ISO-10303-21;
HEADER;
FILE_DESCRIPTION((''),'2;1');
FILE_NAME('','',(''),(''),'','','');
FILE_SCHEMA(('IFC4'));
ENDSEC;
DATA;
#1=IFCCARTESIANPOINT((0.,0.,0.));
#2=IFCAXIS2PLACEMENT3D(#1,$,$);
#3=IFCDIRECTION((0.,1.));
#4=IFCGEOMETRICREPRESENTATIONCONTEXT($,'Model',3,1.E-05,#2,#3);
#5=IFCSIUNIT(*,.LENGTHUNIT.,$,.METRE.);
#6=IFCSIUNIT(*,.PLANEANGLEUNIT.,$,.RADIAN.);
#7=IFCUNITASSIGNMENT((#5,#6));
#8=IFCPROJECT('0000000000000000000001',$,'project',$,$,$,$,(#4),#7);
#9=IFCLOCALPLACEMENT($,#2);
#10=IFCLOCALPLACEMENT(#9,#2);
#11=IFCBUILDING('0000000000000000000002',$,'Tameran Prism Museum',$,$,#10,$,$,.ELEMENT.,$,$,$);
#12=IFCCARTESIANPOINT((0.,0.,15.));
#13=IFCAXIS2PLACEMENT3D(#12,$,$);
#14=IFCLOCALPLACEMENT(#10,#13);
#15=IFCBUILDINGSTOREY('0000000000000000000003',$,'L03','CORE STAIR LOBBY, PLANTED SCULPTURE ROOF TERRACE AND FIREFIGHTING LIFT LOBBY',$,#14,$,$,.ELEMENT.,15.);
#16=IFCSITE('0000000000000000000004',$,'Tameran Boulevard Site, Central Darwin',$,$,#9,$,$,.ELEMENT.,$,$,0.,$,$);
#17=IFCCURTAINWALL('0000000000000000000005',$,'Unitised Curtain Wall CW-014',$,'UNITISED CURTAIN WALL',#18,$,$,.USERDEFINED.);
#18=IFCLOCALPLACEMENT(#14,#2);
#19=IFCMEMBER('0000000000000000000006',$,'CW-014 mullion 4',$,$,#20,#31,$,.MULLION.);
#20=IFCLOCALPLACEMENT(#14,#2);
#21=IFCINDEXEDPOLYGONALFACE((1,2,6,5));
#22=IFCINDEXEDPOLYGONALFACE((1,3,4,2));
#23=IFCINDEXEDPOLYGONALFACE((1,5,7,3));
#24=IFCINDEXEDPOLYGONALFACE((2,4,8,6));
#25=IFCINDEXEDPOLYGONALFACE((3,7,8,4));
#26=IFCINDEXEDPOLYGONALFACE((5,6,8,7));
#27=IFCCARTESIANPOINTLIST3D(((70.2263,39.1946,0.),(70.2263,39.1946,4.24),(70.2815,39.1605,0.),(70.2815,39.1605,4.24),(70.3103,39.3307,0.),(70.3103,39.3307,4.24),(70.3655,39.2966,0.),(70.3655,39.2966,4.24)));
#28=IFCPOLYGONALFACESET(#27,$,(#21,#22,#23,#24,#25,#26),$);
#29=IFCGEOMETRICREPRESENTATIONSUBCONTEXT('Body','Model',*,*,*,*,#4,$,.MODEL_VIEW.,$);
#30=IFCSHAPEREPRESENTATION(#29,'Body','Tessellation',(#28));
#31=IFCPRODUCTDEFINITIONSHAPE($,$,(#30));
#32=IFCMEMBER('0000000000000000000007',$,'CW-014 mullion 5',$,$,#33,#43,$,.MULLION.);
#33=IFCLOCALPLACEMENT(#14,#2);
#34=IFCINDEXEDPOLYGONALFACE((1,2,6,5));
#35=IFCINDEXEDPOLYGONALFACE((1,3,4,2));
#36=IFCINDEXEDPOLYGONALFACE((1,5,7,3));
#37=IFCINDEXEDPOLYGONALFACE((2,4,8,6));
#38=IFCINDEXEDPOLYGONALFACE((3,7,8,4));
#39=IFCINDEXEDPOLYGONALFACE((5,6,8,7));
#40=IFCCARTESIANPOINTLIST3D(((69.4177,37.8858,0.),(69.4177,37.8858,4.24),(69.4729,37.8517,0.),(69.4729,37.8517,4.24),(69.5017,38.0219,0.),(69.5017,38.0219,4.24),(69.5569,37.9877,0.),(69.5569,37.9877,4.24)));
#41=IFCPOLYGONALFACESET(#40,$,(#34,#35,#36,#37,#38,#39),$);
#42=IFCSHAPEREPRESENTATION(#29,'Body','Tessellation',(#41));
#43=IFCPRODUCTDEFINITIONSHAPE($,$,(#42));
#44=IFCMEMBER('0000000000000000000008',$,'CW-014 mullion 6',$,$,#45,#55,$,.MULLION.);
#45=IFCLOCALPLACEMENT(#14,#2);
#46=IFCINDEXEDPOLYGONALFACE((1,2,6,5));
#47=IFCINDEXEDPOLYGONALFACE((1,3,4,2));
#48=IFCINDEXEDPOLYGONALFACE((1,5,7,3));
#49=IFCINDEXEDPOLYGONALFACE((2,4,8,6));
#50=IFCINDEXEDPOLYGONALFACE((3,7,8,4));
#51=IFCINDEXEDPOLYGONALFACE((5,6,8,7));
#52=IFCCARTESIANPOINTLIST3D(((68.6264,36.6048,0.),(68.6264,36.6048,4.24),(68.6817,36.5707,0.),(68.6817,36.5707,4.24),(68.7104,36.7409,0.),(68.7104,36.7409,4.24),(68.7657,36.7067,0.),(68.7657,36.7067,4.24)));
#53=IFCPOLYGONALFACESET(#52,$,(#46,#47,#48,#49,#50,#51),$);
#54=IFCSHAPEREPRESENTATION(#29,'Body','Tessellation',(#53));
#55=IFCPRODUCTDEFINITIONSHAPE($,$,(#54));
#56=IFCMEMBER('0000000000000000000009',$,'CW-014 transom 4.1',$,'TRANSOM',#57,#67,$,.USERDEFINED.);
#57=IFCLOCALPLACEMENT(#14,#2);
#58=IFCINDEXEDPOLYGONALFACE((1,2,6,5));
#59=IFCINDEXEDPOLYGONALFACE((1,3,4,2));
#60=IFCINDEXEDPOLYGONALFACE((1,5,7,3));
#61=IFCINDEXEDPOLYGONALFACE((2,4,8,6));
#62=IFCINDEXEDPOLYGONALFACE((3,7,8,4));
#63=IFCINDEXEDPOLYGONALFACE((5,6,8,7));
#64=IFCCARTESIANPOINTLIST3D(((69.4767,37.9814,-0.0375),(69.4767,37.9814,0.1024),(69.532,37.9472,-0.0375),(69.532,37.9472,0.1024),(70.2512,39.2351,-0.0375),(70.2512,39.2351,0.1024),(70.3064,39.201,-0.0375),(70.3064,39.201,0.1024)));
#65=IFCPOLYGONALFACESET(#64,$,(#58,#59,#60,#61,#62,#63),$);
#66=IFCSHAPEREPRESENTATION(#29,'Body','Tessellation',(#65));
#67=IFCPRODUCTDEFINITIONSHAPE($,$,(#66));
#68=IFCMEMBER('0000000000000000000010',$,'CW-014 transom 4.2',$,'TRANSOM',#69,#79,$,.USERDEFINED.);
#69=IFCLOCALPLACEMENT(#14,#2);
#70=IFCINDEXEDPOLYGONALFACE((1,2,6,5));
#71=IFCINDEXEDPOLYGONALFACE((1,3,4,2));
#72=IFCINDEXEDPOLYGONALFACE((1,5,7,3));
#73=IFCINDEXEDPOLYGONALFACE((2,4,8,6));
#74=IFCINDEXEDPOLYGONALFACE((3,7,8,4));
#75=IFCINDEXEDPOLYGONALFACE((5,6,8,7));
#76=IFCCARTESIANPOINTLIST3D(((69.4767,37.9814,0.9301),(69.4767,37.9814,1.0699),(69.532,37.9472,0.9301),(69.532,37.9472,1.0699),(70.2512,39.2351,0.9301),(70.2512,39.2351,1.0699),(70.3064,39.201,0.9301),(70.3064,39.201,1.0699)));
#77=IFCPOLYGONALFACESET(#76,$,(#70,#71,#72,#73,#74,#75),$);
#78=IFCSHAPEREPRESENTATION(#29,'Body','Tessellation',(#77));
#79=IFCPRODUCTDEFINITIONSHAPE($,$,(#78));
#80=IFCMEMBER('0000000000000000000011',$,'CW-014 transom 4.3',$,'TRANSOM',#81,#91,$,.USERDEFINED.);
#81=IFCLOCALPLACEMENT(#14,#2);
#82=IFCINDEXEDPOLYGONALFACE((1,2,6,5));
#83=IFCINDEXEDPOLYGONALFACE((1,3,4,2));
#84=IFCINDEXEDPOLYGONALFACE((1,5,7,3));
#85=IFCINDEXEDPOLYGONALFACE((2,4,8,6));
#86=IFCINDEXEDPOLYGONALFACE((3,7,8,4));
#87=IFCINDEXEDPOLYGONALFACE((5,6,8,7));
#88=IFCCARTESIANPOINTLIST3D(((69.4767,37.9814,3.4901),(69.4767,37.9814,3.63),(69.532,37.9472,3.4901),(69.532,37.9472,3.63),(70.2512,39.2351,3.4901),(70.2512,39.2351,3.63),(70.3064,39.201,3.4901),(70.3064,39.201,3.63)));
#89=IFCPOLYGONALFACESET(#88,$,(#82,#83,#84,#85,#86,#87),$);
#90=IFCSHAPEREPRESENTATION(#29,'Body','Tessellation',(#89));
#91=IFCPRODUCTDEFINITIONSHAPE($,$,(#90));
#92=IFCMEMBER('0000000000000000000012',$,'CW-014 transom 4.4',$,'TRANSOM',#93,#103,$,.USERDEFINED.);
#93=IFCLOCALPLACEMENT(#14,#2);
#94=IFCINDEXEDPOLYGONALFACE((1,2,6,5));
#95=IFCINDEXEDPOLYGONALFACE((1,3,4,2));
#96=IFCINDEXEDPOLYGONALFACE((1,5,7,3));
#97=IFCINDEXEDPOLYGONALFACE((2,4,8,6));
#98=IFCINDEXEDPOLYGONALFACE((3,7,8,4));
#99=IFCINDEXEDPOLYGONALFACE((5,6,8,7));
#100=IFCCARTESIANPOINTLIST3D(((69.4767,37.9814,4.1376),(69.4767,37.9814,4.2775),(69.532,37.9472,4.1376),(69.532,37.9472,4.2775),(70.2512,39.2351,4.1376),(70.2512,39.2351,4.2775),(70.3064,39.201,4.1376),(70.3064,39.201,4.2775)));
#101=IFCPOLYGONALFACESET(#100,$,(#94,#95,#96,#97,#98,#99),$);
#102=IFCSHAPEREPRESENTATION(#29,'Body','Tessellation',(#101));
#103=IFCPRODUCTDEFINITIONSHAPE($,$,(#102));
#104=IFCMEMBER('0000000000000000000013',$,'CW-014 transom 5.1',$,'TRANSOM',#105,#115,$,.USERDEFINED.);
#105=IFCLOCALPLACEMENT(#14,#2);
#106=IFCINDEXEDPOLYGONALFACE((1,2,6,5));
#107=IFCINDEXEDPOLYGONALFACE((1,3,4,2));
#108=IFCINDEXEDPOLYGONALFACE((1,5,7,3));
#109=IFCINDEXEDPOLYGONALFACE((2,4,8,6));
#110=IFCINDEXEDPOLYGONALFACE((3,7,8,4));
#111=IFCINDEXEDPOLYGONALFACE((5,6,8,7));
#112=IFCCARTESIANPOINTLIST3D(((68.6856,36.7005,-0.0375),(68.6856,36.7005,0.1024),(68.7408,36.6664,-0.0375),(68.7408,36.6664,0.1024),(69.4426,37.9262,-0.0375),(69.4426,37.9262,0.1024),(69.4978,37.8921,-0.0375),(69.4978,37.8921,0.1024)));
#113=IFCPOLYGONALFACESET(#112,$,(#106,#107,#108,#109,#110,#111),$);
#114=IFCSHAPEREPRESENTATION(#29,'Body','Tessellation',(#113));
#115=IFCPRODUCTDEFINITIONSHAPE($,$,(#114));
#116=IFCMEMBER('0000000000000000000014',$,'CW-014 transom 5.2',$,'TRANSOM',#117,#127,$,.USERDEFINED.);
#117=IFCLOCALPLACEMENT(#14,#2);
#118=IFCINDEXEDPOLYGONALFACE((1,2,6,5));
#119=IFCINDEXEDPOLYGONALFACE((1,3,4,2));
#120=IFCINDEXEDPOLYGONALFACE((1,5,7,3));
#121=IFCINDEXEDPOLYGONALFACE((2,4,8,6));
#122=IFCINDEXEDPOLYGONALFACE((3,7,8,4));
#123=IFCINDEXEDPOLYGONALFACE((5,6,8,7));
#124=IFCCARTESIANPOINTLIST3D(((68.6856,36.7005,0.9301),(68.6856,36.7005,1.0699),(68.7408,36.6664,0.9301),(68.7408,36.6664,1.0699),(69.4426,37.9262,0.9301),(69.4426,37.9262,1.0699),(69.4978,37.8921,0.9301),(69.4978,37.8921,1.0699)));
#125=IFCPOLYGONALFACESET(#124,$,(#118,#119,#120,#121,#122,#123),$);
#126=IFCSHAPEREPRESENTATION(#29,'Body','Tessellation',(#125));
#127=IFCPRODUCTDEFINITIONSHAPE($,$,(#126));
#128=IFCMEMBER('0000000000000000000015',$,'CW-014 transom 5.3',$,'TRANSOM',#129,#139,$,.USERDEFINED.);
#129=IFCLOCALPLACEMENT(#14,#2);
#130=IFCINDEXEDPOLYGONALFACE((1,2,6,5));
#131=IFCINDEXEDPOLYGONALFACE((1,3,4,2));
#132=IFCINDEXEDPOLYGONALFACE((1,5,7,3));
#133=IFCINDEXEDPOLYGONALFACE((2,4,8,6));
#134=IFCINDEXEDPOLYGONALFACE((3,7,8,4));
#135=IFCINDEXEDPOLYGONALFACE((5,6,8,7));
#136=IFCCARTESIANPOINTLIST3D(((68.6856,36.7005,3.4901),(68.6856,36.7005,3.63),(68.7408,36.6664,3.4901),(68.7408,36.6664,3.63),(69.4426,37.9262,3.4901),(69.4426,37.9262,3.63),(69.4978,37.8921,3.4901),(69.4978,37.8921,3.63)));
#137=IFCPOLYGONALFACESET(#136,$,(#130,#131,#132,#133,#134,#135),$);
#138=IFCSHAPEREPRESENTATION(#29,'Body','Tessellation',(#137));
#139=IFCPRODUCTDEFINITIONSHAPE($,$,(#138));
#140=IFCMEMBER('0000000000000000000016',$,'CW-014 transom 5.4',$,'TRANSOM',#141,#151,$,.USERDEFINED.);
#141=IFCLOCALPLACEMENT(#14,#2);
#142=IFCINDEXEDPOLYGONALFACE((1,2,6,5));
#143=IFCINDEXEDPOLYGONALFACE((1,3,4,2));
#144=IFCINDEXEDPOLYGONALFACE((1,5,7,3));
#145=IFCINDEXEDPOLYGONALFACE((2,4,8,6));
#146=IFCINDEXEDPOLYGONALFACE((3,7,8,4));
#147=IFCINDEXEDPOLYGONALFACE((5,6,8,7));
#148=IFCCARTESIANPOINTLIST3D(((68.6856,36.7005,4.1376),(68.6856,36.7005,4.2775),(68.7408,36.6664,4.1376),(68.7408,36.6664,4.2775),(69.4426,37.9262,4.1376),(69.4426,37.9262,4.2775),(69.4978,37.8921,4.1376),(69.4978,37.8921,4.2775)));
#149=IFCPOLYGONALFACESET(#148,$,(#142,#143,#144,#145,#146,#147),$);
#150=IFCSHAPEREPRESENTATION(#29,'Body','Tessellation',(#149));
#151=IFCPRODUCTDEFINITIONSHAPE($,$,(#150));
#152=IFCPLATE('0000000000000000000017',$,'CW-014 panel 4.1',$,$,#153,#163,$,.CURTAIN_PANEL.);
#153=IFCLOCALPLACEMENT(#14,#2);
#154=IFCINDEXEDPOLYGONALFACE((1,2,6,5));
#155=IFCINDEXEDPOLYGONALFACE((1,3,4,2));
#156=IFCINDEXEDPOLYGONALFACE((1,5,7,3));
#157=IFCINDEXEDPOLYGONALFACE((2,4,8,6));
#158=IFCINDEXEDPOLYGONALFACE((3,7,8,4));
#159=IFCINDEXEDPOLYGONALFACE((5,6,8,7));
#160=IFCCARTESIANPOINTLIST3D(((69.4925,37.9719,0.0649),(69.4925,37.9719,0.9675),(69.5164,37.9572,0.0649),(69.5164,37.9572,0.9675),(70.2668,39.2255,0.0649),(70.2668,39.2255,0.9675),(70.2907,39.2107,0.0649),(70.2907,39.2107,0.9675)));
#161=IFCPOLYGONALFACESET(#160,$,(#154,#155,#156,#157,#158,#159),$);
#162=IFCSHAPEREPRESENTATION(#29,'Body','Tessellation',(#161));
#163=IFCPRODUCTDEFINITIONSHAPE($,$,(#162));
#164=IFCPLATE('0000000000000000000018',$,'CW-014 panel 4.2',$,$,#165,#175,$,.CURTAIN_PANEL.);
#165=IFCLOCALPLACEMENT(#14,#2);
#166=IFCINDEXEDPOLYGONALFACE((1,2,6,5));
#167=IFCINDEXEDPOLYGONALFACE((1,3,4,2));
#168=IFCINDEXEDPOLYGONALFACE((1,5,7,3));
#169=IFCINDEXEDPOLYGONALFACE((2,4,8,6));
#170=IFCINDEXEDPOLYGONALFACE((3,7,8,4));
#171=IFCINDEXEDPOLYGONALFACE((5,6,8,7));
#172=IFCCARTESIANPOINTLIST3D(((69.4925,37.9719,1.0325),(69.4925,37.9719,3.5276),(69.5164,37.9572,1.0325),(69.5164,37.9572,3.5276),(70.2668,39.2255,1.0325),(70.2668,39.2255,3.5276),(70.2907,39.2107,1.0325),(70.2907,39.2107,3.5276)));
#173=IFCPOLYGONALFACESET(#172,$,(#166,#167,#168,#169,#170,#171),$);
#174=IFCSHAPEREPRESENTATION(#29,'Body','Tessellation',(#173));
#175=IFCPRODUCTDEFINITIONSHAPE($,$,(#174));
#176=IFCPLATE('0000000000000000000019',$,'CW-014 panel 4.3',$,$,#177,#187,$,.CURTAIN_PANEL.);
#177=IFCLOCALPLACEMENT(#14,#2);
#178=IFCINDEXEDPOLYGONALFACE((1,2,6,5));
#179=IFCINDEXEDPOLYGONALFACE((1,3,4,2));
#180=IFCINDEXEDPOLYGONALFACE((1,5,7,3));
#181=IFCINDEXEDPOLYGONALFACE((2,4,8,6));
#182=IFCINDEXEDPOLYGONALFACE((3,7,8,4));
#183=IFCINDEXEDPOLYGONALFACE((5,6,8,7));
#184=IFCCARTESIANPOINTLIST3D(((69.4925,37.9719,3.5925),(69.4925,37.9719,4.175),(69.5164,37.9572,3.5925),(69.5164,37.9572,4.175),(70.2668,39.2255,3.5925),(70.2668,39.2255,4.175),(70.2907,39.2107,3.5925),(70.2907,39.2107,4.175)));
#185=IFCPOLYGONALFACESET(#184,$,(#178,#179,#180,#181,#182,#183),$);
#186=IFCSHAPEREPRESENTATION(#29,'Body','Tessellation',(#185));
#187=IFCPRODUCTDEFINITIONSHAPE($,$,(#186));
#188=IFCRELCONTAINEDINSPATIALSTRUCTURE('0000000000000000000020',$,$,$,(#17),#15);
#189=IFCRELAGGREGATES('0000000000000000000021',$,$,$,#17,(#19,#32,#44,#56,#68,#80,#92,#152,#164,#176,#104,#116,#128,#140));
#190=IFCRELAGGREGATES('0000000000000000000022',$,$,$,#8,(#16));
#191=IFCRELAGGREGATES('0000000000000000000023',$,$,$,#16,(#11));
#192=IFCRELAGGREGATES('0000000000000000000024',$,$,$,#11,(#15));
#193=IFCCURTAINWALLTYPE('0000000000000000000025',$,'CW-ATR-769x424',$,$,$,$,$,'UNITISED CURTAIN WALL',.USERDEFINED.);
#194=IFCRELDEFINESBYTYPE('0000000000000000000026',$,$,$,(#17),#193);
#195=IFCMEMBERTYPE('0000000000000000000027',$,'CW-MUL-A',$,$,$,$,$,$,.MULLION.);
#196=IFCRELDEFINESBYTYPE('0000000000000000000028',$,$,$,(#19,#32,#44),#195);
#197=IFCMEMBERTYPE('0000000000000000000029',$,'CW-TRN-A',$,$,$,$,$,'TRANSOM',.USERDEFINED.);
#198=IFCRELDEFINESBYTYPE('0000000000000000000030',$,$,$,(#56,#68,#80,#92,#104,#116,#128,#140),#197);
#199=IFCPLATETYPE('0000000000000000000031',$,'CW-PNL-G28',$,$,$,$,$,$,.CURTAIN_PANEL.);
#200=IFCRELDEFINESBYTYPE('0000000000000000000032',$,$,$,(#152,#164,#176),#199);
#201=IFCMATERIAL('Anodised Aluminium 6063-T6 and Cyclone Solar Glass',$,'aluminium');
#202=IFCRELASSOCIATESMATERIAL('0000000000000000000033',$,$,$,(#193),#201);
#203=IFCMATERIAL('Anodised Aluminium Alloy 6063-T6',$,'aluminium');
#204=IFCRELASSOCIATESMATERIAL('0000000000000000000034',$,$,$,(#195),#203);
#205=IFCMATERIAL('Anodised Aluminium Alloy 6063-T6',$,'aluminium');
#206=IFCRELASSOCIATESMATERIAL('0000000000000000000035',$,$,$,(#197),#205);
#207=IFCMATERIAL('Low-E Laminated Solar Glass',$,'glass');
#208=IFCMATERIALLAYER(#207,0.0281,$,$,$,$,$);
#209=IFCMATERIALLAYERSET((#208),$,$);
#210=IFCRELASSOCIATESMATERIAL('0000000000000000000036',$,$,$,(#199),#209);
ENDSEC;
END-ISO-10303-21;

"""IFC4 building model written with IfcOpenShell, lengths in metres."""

from ifc_helpers import new_model, si_unit, direction, frame, origin, origin_2d, place, context, subcontext, project, spatial, rectangle, extrude, material, layer, layer_set, material_profile, profile_set, type_object, element, aggregate, save


model = new_model("IFC4")

# Units and contexts
model_context = context("Model", 3, precision=1e-05, world=origin(), true_north=direction((0.0, 1.0)))
body_context = subcontext(model_context, "Body", "Model", "MODEL_VIEW")
ifc_project = project(units=[si_unit("LENGTHUNIT", "METRE"), si_unit("PLANEANGLEUNIT", "RADIAN")], contexts=[model_context])

# Site, building, storey
site_placement = place(None, origin())
site = spatial("IfcSite", under=ifc_project, at=site_placement, Name="Tameran Boulevard Site, Central Darwin", CompositionType="ELEMENT", RefElevation=0.0)
building_placement = place(site_placement, origin())
building = spatial("IfcBuilding", under=site, at=building_placement, Name="Tameran Prism Museum", CompositionType="ELEMENT")
storey_placement = place(building_placement, frame((0.0, 0.0, 15.0)))
storey = spatial("IfcBuildingStorey", under=building, at=storey_placement, Name="L03", Description="CORE STAIR LOBBY, PLANTED SCULPTURE ROOF TERRACE AND FIREFIGHTING LIFT LOBBY", CompositionType="ELEMENT", Elevation=15.0)

# Curtain wall, members, plates
ifc_material_1 = material(Name="Anodised Aluminium 6063-T6 and Cyclone Solar Glass", Category="aluminium")
curtain_wall_type = type_object("IfcCurtainWallType", Name="CW-ATR-769x424", ElementType="UNITISED CURTAIN WALL", PredefinedType="USERDEFINED", material=ifc_material_1)
curtain_wall_placement = place(storey_placement, origin())
curtain_wall = element("IfcCurtainWall", 1, at=curtain_wall_placement, inside=storey, type_object=curtain_wall_type, Name="Unitised Curtain Wall CW-014", ObjectType="UNITISED CURTAIN WALL", PredefinedType="USERDEFINED")
ifc_material_2 = material(Name="Anodised Aluminium Alloy 6063-T6", Category="aluminium")
ifc_material_profile_1 = material_profile(ifc_material_2, rectangle(XDim=0.0649, YDim=0.1599, at=origin_2d()))
ifc_profile_set_1 = profile_set([ifc_material_profile_1])
member_type_1 = type_object("IfcMemberType", Name="CW-MUL-A", PredefinedType="MULLION", material=ifc_profile_set_1)
member_1_placement = place(storey_placement, frame((70.2959, 39.2456, 0.0), z_axis=(0.0, 0.0, 1.0), x_axis=(0.850791, -0.525504, 0.0)))
member_1 = element("IfcMember", 2, at=member_1_placement, type_object=member_type_1, Name="CW-014 mullion 4", PredefinedType="MULLION", context=body_context, shape_type="SweptSolid", body=[
    extrude(rectangle(XDim=0.0649, YDim=0.1599, at=origin_2d()), origin(), (0.0, 0.0, 1.0), 4.24),
])
member_2_placement = place(storey_placement, frame((69.4873, 37.9368, 0.0), z_axis=(0.0, 0.0, 1.0), x_axis=(0.850791, -0.525504, 0.0)))
member_2 = element("IfcMember", 3, at=member_2_placement, type_object=member_type_1, Name="CW-014 mullion 5", PredefinedType="MULLION", context=body_context, shape_type="SweptSolid", body=[
    extrude(rectangle(XDim=0.0649, YDim=0.1599, at=origin_2d()), origin(), (0.0, 0.0, 1.0), 4.24),
])
member_3_placement = place(storey_placement, frame((68.696, 36.6558, 0.0), z_axis=(0.0, 0.0, 1.0), x_axis=(0.850791, -0.525504, 0.0)))
member_3 = element("IfcMember", 4, at=member_3_placement, type_object=member_type_1, Name="CW-014 mullion 6", PredefinedType="MULLION", context=body_context, shape_type="SweptSolid", body=[
    extrude(rectangle(XDim=0.0649, YDim=0.1599, at=origin_2d()), origin(), (0.0, 0.0, 1.0), 4.24),
])
ifc_material_3 = material(Name="Anodised Aluminium Alloy 6063-T6", Category="aluminium")
ifc_material_profile_2 = material_profile(ifc_material_3, rectangle(XDim=0.0649, YDim=0.1399, at=origin_2d()))
ifc_profile_set_2 = profile_set([ifc_material_profile_2])
member_type_2 = type_object("IfcMemberType", Name="CW-TRN-A", ElementType="TRANSOM", PredefinedType="USERDEFINED", material=ifc_profile_set_2)
member_4_placement = place(storey_placement, frame((70.2788, 39.218, 0.0325), z_axis=(-0.525539, -0.85077, 0.0), x_axis=(0.85077, -0.525539, 0.0)))
member_4 = element("IfcMember", 5, at=member_4_placement, type_object=member_type_2, Name="CW-014 transom 4.1", ObjectType="TRANSOM", PredefinedType="USERDEFINED", context=body_context, shape_type="SweptSolid", body=[
    extrude(rectangle(XDim=0.0649, YDim=0.1399, at=origin_2d()), origin(), (0.0, 0.0, 1.0), 1.4736),
])
member_5_placement = place(storey_placement, frame((70.2788, 39.218, 1.0), z_axis=(-0.525539, -0.85077, 0.0), x_axis=(0.85077, -0.525539, 0.0)))
member_5 = element("IfcMember", 6, at=member_5_placement, type_object=member_type_2, Name="CW-014 transom 4.2", ObjectType="TRANSOM", PredefinedType="USERDEFINED", context=body_context, shape_type="SweptSolid", body=[
    extrude(rectangle(XDim=0.0649, YDim=0.1399, at=origin_2d()), origin(), (0.0, 0.0, 1.0), 1.4736),
])
member_6_placement = place(storey_placement, frame((70.2788, 39.218, 3.5601), z_axis=(-0.525539, -0.85077, 0.0), x_axis=(0.85077, -0.525539, 0.0)))
member_6 = element("IfcMember", 7, at=member_6_placement, type_object=member_type_2, Name="CW-014 transom 4.3", ObjectType="TRANSOM", PredefinedType="USERDEFINED", context=body_context, shape_type="SweptSolid", body=[
    extrude(rectangle(XDim=0.0649, YDim=0.1399, at=origin_2d()), origin(), (0.0, 0.0, 1.0), 1.4736),
])
member_7_placement = place(storey_placement, frame((70.2788, 39.218, 4.2075), z_axis=(-0.525539, -0.85077, 0.0), x_axis=(0.85077, -0.525539, 0.0)))
member_7 = element("IfcMember", 8, at=member_7_placement, type_object=member_type_2, Name="CW-014 transom 4.4", ObjectType="TRANSOM", PredefinedType="USERDEFINED", context=body_context, shape_type="SweptSolid", body=[
    extrude(rectangle(XDim=0.0649, YDim=0.1399, at=origin_2d()), origin(), (0.0, 0.0, 1.0), 1.4736),
])
member_8_placement = place(storey_placement, frame((69.4702, 37.9092, 0.0325), z_axis=(-0.525468, -0.850814, 0.0), x_axis=(0.850814, -0.525468, 0.0)))
member_8 = element("IfcMember", 9, at=member_8_placement, type_object=member_type_2, Name="CW-014 transom 5.1", ObjectType="TRANSOM", PredefinedType="USERDEFINED", context=body_context, shape_type="SweptSolid", body=[
    extrude(rectangle(XDim=0.0649, YDim=0.1399, at=origin_2d()), origin(), (0.0, 0.0, 1.0), 1.4407),
])
member_9_placement = place(storey_placement, frame((69.4702, 37.9092, 1.0), z_axis=(-0.525468, -0.850814, 0.0), x_axis=(0.850814, -0.525468, 0.0)))
member_9 = element("IfcMember", 10, at=member_9_placement, type_object=member_type_2, Name="CW-014 transom 5.2", ObjectType="TRANSOM", PredefinedType="USERDEFINED", context=body_context, shape_type="SweptSolid", body=[
    extrude(rectangle(XDim=0.0649, YDim=0.1399, at=origin_2d()), origin(), (0.0, 0.0, 1.0), 1.4407),
])
member_10_placement = place(storey_placement, frame((69.4702, 37.9092, 3.5601), z_axis=(-0.525468, -0.850814, 0.0), x_axis=(0.850814, -0.525468, 0.0)))
member_10 = element("IfcMember", 11, at=member_10_placement, type_object=member_type_2, Name="CW-014 transom 5.3", ObjectType="TRANSOM", PredefinedType="USERDEFINED", context=body_context, shape_type="SweptSolid", body=[
    extrude(rectangle(XDim=0.0649, YDim=0.1399, at=origin_2d()), origin(), (0.0, 0.0, 1.0), 1.4407),
])
member_11_placement = place(storey_placement, frame((69.4702, 37.9092, 4.2075), z_axis=(-0.525468, -0.850814, 0.0), x_axis=(0.850814, -0.525468, 0.0)))
member_11 = element("IfcMember", 12, at=member_11_placement, type_object=member_type_2, Name="CW-014 transom 5.4", ObjectType="TRANSOM", PredefinedType="USERDEFINED", context=body_context, shape_type="SweptSolid", body=[
    extrude(rectangle(XDim=0.0649, YDim=0.1399, at=origin_2d()), origin(), (0.0, 0.0, 1.0), 1.4407),
])
ifc_material_4 = material(Name="Low-E Laminated Solar Glass", Category="glass")
ifc_layer_1 = layer(ifc_material_4, 0.0281)
ifc_layer_set_1 = layer_set([ifc_layer_1])
plate_type = type_object("IfcPlateType", Name="CW-PNL-G28", PredefinedType="CURTAIN_PANEL", material=ifc_layer_set_1)
plate_1_placement = place(storey_placement, frame((69.8916, 38.5913, 0.0649), z_axis=(0.0, 0.0, 1.0), x_axis=(-0.525504, -0.850791, 0.0)))
plate_1 = element("IfcPlate", 13, at=plate_1_placement, type_object=plate_type, Name="CW-014 panel 4.1", PredefinedType="CURTAIN_PANEL", context=body_context, shape_type="SweptSolid", body=[
    extrude(rectangle(XDim=1.4734, YDim=0.0281, at=origin_2d()), origin(), (0.0, 0.0, 1.0), 0.9026),
])
plate_2_placement = place(storey_placement, frame((69.8916, 38.5913, 1.0325), z_axis=(0.0, 0.0, 1.0), x_axis=(-0.525504, -0.850791, 0.0)))
plate_2 = element("IfcPlate", 14, at=plate_2_placement, type_object=plate_type, Name="CW-014 panel 4.2", PredefinedType="CURTAIN_PANEL", context=body_context, shape_type="SweptSolid", body=[
    extrude(rectangle(XDim=1.4734, YDim=0.0281, at=origin_2d()), origin(), (0.0, 0.0, 1.0), 2.4951),
])
plate_3_placement = place(storey_placement, frame((69.8916, 38.5913, 3.5925), z_axis=(0.0, 0.0, 1.0), x_axis=(-0.525504, -0.850791, 0.0)))
plate_3 = element("IfcPlate", 15, at=plate_3_placement, type_object=plate_type, Name="CW-014 panel 4.3", PredefinedType="CURTAIN_PANEL", context=body_context, shape_type="SweptSolid", body=[
    extrude(rectangle(XDim=1.4734, YDim=0.0281, at=origin_2d()), origin(), (0.0, 0.0, 1.0), 0.5825),
])
aggregate(curtain_wall, [member_1, member_2, member_3, member_4, member_5, member_6, member_7, plate_1, plate_2, plate_3, member_8, member_9, member_10, member_11])

save(model, "model.ifc")
